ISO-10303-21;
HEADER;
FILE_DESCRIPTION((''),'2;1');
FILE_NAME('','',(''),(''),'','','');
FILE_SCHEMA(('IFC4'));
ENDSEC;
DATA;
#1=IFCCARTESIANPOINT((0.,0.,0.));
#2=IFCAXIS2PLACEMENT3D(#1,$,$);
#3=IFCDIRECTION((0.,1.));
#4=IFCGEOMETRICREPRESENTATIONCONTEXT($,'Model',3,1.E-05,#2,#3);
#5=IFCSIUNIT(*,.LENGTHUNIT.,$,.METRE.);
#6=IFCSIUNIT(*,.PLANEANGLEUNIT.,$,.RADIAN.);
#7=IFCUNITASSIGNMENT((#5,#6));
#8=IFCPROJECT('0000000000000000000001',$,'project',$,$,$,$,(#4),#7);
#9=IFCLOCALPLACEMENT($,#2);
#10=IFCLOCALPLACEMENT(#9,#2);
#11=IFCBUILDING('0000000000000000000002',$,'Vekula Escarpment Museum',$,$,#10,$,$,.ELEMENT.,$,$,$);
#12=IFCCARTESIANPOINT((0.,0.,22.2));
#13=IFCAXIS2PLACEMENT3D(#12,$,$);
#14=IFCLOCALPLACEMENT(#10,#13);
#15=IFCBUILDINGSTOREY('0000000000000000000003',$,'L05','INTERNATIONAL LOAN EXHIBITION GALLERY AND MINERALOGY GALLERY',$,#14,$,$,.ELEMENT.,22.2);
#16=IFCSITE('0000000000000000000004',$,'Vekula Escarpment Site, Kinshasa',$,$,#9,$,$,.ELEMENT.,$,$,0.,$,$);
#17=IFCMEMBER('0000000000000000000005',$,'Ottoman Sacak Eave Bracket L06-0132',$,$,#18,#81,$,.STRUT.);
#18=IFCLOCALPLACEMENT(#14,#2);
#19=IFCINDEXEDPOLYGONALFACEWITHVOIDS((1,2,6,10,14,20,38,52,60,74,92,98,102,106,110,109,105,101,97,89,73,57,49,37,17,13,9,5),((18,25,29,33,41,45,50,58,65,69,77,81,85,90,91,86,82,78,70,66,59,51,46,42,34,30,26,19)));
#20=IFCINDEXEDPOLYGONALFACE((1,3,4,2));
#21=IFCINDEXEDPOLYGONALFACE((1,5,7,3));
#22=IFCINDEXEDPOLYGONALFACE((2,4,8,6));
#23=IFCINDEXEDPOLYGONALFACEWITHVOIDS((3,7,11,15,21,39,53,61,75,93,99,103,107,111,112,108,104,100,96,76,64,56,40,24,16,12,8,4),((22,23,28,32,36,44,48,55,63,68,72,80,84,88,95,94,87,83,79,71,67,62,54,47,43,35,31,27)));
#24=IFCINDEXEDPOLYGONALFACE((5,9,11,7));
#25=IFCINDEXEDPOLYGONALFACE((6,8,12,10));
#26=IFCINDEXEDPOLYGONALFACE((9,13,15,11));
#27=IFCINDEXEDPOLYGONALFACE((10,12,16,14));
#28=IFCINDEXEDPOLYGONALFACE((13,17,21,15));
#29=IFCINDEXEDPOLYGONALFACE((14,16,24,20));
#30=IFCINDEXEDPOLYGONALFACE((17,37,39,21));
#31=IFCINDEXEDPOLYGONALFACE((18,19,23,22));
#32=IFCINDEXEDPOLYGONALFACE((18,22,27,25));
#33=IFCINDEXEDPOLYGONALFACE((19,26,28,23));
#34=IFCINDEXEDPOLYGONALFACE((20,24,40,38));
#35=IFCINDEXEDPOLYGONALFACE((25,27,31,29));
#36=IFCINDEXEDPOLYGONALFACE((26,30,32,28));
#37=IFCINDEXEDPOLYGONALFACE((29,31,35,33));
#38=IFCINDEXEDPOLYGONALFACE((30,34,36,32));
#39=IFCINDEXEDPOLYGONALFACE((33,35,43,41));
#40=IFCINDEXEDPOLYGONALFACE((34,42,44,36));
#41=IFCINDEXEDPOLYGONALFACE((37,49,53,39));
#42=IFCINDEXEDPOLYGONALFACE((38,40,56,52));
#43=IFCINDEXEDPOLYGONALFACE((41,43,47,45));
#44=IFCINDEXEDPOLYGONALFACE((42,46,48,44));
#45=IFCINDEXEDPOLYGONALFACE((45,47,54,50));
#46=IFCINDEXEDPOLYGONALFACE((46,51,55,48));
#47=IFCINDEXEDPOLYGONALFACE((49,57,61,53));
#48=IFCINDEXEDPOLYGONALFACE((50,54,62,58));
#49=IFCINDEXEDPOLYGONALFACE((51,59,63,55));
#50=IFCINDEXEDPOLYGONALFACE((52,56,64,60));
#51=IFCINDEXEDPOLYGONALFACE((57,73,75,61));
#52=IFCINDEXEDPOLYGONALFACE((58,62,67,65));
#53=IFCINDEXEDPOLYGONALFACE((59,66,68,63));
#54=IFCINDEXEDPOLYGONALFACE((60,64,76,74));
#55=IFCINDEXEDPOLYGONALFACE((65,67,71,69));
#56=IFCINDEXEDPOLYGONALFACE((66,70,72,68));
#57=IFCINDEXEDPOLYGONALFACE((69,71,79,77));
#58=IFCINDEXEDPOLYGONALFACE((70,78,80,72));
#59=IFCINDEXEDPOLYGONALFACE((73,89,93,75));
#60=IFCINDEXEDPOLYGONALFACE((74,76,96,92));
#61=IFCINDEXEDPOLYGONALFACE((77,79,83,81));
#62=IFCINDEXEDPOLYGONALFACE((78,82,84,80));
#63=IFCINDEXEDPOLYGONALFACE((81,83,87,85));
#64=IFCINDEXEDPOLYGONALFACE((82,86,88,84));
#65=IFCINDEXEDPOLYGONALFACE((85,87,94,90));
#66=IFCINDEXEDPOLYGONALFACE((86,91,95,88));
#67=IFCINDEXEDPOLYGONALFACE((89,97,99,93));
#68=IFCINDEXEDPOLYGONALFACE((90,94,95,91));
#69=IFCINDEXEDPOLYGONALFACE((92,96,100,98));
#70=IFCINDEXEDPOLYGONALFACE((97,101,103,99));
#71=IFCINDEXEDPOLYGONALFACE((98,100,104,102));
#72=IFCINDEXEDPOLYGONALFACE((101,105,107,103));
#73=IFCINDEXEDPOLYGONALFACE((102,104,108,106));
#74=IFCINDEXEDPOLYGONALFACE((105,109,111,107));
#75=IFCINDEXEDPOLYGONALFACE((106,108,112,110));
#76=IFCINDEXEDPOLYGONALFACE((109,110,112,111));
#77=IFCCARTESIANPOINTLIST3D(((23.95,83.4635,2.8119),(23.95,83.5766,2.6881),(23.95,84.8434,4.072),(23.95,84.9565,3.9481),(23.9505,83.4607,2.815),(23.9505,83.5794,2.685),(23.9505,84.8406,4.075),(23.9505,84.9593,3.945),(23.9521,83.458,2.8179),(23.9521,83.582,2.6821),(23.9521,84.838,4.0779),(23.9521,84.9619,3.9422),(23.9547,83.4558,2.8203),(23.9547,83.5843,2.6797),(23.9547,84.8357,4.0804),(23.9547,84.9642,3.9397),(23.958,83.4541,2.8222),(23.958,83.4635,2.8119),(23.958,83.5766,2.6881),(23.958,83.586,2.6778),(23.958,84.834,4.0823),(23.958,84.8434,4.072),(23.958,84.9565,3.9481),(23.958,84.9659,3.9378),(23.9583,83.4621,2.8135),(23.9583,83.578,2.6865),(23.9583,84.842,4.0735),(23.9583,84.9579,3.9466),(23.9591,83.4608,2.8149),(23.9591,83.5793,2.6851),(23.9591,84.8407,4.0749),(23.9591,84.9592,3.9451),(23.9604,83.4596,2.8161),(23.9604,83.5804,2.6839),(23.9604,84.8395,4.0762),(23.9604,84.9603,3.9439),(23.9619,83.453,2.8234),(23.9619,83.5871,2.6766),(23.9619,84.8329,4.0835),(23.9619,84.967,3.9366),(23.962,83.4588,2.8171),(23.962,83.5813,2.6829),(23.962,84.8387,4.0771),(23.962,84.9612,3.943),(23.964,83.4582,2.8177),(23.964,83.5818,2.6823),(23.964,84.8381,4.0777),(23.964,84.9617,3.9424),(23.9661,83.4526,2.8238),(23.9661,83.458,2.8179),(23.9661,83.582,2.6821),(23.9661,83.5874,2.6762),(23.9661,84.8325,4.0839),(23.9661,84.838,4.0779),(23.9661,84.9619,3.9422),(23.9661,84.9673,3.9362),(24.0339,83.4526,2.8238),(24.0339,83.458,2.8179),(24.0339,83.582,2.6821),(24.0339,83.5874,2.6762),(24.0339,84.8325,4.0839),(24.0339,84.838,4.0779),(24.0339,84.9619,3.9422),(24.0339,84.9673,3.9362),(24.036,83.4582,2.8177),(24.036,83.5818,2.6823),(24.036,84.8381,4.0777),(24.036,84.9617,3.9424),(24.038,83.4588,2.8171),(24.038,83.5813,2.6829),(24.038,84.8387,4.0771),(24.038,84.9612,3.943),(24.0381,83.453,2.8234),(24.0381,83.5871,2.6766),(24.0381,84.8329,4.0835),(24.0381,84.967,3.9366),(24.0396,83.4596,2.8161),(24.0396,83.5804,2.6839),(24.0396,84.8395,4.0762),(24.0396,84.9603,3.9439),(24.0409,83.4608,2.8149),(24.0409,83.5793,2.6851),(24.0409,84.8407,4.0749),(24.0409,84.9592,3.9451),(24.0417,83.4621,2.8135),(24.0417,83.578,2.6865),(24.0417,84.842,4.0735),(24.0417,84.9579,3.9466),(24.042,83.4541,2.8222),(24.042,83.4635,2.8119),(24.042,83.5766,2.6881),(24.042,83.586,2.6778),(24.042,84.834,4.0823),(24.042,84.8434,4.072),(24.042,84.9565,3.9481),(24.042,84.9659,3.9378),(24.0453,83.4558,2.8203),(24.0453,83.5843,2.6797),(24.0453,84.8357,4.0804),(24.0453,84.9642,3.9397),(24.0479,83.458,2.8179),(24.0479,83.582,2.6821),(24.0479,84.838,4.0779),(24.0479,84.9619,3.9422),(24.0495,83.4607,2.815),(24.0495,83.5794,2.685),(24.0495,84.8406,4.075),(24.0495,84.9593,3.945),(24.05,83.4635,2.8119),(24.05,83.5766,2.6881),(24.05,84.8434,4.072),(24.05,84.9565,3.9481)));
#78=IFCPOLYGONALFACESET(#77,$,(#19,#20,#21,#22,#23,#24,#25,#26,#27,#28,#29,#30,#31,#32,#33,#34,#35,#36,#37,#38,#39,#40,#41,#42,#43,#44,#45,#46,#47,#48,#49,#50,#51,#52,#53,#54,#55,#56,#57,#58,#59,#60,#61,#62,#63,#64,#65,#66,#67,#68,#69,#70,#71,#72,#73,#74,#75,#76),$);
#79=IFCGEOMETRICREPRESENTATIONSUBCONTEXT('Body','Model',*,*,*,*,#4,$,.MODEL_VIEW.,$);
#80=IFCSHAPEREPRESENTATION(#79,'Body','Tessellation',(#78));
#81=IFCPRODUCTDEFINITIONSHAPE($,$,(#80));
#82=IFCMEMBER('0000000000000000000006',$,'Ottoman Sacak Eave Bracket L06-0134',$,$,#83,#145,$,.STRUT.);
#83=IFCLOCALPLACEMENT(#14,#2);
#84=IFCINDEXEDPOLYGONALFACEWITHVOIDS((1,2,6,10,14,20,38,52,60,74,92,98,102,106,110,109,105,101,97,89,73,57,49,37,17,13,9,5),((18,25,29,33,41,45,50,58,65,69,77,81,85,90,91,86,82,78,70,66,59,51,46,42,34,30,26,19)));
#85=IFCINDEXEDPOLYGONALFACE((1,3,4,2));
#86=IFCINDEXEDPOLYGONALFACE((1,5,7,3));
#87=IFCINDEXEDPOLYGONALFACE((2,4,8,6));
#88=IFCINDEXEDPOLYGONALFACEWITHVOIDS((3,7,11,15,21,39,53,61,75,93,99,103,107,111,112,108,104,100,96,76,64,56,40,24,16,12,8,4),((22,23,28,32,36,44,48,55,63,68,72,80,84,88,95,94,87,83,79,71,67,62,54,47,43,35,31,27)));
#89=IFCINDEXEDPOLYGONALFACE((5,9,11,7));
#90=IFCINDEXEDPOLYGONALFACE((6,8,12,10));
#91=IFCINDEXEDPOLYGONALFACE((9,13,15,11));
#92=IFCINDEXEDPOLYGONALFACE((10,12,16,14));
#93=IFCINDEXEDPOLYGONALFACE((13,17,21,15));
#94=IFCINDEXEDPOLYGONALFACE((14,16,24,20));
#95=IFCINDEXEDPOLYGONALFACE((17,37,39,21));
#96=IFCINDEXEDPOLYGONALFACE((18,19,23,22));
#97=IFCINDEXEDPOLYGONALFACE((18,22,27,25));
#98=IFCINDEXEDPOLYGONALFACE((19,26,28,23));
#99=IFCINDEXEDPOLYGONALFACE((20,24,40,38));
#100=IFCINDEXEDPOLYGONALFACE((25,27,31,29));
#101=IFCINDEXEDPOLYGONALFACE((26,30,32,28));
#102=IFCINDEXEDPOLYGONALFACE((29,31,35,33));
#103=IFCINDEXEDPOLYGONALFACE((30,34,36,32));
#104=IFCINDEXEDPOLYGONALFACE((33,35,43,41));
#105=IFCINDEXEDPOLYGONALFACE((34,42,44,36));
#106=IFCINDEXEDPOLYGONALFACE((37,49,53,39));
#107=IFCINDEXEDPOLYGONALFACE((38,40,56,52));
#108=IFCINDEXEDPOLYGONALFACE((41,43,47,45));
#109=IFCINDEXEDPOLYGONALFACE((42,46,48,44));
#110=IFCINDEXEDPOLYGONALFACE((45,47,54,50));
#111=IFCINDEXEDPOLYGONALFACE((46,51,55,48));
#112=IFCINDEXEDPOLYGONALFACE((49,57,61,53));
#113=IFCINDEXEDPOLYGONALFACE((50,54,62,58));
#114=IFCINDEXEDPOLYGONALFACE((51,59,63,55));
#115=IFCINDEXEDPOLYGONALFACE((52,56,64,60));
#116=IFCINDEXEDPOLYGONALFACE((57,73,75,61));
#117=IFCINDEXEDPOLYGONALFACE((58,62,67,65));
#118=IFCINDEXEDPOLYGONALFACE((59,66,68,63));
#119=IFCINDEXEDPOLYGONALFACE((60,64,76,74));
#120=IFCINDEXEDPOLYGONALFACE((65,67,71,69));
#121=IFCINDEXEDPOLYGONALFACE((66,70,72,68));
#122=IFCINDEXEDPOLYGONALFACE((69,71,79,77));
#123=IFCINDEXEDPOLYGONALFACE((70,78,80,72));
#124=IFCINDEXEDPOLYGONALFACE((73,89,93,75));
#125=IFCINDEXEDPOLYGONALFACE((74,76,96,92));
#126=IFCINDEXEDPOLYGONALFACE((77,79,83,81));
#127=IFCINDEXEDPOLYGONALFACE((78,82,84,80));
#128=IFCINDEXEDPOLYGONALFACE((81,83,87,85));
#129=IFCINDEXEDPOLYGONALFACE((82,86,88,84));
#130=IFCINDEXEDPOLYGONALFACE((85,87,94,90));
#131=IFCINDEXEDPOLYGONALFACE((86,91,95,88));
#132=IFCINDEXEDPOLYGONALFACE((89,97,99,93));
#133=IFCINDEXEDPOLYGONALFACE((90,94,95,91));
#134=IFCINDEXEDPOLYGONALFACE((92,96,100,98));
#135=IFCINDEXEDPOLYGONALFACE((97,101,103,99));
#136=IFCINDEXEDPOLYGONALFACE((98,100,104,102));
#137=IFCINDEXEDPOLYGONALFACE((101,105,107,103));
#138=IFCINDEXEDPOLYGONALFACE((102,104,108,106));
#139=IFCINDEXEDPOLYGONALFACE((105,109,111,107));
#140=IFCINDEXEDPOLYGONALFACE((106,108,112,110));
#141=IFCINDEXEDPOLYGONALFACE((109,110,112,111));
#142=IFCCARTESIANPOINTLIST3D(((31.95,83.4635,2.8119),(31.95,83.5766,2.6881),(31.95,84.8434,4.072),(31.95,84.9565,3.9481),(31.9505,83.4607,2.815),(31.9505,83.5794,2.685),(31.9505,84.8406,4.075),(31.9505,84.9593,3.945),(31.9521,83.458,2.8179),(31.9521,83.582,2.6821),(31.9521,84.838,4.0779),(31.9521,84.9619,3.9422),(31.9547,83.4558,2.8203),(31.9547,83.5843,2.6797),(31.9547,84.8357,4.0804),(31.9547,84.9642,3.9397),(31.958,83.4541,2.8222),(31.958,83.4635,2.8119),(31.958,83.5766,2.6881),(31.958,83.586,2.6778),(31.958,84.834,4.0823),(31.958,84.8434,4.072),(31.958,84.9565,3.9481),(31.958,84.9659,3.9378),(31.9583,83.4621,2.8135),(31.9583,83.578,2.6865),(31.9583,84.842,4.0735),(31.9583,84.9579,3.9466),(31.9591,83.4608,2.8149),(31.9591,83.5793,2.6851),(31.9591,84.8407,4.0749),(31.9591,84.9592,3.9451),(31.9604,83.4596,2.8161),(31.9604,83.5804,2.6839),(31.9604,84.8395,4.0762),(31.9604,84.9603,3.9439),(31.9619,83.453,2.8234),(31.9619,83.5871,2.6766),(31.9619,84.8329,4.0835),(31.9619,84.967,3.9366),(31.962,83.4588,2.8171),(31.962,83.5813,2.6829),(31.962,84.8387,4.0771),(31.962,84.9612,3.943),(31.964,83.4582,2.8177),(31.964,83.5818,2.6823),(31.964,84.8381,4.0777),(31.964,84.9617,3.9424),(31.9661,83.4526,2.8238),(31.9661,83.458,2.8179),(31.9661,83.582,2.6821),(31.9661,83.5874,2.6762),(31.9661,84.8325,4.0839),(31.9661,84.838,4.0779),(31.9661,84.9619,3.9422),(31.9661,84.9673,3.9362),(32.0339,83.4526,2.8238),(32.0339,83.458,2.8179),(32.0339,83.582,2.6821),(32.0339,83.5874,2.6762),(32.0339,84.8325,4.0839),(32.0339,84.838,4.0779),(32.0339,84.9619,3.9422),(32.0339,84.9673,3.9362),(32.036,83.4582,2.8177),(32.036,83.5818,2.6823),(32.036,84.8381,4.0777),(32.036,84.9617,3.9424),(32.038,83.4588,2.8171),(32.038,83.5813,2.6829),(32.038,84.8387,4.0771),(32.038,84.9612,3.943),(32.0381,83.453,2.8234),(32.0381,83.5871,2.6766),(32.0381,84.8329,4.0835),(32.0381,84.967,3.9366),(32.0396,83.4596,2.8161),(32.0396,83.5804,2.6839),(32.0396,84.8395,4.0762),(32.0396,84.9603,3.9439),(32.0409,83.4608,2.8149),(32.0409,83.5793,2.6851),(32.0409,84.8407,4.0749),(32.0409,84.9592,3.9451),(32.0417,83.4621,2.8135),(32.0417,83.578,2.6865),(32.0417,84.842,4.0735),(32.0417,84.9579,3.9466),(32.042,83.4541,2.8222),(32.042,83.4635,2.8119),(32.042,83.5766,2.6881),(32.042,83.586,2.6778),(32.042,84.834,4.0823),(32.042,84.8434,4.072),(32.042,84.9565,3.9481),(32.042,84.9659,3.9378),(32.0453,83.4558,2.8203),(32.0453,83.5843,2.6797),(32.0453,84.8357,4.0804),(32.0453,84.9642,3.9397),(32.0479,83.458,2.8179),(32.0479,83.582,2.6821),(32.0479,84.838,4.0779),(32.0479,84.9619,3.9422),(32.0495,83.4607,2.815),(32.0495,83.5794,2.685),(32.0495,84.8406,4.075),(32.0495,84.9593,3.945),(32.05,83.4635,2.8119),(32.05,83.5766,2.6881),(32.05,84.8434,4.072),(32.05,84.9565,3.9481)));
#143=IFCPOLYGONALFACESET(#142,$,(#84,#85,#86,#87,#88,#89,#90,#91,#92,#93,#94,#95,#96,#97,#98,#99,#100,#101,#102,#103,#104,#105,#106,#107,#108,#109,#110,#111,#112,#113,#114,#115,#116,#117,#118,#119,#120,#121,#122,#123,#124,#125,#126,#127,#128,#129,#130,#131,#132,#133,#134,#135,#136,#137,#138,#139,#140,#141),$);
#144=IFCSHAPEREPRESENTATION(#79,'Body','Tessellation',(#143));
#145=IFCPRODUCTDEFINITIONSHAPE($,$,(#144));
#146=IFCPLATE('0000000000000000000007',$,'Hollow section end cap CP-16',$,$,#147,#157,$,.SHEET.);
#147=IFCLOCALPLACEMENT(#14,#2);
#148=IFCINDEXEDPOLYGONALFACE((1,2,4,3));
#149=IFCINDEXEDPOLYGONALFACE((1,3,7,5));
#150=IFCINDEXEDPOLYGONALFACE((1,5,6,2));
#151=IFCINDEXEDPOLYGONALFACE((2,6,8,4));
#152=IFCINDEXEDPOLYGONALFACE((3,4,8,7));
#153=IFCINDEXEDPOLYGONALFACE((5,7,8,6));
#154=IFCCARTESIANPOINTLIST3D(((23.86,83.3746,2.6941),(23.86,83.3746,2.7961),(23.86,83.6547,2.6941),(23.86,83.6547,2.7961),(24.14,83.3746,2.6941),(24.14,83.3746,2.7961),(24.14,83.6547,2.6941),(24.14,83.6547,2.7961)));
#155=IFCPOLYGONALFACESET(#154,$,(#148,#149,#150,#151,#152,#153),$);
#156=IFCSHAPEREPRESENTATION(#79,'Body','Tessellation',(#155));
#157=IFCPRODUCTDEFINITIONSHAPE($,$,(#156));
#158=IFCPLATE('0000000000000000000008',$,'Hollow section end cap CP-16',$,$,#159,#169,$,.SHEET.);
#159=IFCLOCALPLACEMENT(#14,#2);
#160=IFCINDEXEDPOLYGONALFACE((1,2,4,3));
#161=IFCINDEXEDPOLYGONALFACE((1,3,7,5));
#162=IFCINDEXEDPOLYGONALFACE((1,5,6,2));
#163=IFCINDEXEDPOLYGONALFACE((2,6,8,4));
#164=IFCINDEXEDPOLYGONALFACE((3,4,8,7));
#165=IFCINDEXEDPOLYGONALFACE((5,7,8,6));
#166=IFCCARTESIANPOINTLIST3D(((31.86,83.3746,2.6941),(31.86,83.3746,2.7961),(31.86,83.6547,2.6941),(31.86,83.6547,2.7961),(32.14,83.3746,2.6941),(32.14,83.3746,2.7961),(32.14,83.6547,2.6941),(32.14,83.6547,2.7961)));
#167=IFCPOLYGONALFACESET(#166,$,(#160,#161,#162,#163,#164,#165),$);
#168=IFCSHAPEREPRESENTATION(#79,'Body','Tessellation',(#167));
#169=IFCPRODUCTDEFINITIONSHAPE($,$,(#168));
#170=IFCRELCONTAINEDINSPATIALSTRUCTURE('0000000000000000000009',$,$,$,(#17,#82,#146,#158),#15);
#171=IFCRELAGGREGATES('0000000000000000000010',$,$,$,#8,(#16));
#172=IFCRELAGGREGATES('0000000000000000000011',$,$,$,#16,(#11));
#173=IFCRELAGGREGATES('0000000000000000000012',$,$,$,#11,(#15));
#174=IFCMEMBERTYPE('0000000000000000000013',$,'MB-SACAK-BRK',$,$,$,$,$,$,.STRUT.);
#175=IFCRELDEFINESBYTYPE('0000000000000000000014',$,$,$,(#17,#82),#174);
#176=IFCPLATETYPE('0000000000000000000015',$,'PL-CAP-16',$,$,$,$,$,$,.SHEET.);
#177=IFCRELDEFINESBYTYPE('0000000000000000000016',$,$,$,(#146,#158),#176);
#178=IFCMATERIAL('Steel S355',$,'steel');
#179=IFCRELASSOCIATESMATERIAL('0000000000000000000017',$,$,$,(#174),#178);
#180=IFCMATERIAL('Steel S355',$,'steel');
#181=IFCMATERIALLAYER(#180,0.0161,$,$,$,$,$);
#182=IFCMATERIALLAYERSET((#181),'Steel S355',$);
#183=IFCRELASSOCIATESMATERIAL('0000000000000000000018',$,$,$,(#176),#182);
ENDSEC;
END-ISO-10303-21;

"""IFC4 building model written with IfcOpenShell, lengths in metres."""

from ifc_helpers import new_model, si_unit, direction, frame, origin, origin_2d, place, context, subcontext, project, spatial, rectangle, hollow_rectangle, extrude, material, layer, layer_set, material_profile, profile_set, type_object, element, save


model = new_model("IFC4")

# Units and contexts
model_context = context("Model", 3, precision=1e-05, world=origin(), true_north=direction((0.0, 1.0)))
body_context = subcontext(model_context, "Body", "Model", "MODEL_VIEW")
ifc_project = project(units=[si_unit("LENGTHUNIT", "METRE"), si_unit("PLANEANGLEUNIT", "RADIAN")], contexts=[model_context])

# Site, building, storey
site_placement = place(None, origin())
site = spatial("IfcSite", under=ifc_project, at=site_placement, Name="Vekula Escarpment Site, Kinshasa", CompositionType="ELEMENT", RefElevation=0.0)
building_placement = place(site_placement, origin())
building = spatial("IfcBuilding", under=site, at=building_placement, Name="Vekula Escarpment Museum", CompositionType="ELEMENT")
storey_placement = place(building_placement, frame((0.0, 0.0, 22.2)))
storey = spatial("IfcBuildingStorey", under=building, at=storey_placement, Name="L05", Description="INTERNATIONAL LOAN EXHIBITION GALLERY AND MINERALOGY GALLERY", CompositionType="ELEMENT", Elevation=22.2)

# Members
ifc_material_1 = material(Name="Steel S355", Category="steel")
ifc_material_profile_1 = material_profile(ifc_material_1, hollow_rectangle(XDim=0.1001, YDim=0.2, WallThickness=0.0081, InnerFilletRadius=0.0081, OuterFilletRadius=0.0161, at=origin_2d()), Name="RHS 200x100x8")
ifc_profile_set_1 = profile_set([ifc_material_profile_1], Name="Steel S355")
member_type = type_object("IfcMemberType", Name="MB-SACAK-BRK", PredefinedType="STRUT", material=ifc_profile_set_1)
for number, where, z_axis, x_axis, name in (
    (1, (24.0, 83.52, 2.75), (0.0, 0.738454, 0.674303), (-1.0, 0.0, 0.0), "Ottoman Sacak Eave Bracket L06-0132"),
    (2, (32.0, 83.52, 2.75), (0.0, 0.738454, 0.674303), (-1.0, 0.0, 0.0), "Ottoman Sacak Eave Bracket L06-0134"),
):
    element("IfcMember", number, at=place(storey_placement, frame(where, z_axis=z_axis, x_axis=x_axis)), inside=storey, type_object=member_type, Name=name, PredefinedType="STRUT", context=body_context, shape_type="SweptSolid", body=[
        extrude(hollow_rectangle(XDim=0.1001, YDim=0.2, WallThickness=0.0081, InnerFilletRadius=0.0081, OuterFilletRadius=0.0161, at=origin_2d()), origin(), (0.0, 0.0, 1.0), 1.8687),
    ])

# Plates
ifc_material_2 = material(Name="Steel S355", Category="steel")
ifc_layer_1 = layer(ifc_material_2, 0.0161)
ifc_layer_set_1 = layer_set([ifc_layer_1], Name="Steel S355")
plate_type = type_object("IfcPlateType", Name="PL-CAP-16", PredefinedType="SHEET", material=ifc_layer_set_1)
for number, where, z_axis, x_axis, name in (
    (3, (24.0, 83.5146, 2.6941), (0.0, 0.0, 1.0), (1.0, 0.0, 0.0), "Hollow section end cap CP-16"),
    (4, (32.0, 83.5146, 2.6941), (0.0, 0.0, 1.0), (1.0, 0.0, 0.0), "Hollow section end cap CP-16"),
):
    element("IfcPlate", number, at=place(storey_placement, frame(where, z_axis=z_axis, x_axis=x_axis)), inside=storey, type_object=plate_type, Name=name, PredefinedType="SHEET", context=body_context, shape_type="SweptSolid", body=[
        extrude(rectangle(XDim=0.28, YDim=0.28, at=origin_2d()), origin(), (0.0, 0.0, 1.0), 0.1021),
    ])

save(model, "model.ifc")
